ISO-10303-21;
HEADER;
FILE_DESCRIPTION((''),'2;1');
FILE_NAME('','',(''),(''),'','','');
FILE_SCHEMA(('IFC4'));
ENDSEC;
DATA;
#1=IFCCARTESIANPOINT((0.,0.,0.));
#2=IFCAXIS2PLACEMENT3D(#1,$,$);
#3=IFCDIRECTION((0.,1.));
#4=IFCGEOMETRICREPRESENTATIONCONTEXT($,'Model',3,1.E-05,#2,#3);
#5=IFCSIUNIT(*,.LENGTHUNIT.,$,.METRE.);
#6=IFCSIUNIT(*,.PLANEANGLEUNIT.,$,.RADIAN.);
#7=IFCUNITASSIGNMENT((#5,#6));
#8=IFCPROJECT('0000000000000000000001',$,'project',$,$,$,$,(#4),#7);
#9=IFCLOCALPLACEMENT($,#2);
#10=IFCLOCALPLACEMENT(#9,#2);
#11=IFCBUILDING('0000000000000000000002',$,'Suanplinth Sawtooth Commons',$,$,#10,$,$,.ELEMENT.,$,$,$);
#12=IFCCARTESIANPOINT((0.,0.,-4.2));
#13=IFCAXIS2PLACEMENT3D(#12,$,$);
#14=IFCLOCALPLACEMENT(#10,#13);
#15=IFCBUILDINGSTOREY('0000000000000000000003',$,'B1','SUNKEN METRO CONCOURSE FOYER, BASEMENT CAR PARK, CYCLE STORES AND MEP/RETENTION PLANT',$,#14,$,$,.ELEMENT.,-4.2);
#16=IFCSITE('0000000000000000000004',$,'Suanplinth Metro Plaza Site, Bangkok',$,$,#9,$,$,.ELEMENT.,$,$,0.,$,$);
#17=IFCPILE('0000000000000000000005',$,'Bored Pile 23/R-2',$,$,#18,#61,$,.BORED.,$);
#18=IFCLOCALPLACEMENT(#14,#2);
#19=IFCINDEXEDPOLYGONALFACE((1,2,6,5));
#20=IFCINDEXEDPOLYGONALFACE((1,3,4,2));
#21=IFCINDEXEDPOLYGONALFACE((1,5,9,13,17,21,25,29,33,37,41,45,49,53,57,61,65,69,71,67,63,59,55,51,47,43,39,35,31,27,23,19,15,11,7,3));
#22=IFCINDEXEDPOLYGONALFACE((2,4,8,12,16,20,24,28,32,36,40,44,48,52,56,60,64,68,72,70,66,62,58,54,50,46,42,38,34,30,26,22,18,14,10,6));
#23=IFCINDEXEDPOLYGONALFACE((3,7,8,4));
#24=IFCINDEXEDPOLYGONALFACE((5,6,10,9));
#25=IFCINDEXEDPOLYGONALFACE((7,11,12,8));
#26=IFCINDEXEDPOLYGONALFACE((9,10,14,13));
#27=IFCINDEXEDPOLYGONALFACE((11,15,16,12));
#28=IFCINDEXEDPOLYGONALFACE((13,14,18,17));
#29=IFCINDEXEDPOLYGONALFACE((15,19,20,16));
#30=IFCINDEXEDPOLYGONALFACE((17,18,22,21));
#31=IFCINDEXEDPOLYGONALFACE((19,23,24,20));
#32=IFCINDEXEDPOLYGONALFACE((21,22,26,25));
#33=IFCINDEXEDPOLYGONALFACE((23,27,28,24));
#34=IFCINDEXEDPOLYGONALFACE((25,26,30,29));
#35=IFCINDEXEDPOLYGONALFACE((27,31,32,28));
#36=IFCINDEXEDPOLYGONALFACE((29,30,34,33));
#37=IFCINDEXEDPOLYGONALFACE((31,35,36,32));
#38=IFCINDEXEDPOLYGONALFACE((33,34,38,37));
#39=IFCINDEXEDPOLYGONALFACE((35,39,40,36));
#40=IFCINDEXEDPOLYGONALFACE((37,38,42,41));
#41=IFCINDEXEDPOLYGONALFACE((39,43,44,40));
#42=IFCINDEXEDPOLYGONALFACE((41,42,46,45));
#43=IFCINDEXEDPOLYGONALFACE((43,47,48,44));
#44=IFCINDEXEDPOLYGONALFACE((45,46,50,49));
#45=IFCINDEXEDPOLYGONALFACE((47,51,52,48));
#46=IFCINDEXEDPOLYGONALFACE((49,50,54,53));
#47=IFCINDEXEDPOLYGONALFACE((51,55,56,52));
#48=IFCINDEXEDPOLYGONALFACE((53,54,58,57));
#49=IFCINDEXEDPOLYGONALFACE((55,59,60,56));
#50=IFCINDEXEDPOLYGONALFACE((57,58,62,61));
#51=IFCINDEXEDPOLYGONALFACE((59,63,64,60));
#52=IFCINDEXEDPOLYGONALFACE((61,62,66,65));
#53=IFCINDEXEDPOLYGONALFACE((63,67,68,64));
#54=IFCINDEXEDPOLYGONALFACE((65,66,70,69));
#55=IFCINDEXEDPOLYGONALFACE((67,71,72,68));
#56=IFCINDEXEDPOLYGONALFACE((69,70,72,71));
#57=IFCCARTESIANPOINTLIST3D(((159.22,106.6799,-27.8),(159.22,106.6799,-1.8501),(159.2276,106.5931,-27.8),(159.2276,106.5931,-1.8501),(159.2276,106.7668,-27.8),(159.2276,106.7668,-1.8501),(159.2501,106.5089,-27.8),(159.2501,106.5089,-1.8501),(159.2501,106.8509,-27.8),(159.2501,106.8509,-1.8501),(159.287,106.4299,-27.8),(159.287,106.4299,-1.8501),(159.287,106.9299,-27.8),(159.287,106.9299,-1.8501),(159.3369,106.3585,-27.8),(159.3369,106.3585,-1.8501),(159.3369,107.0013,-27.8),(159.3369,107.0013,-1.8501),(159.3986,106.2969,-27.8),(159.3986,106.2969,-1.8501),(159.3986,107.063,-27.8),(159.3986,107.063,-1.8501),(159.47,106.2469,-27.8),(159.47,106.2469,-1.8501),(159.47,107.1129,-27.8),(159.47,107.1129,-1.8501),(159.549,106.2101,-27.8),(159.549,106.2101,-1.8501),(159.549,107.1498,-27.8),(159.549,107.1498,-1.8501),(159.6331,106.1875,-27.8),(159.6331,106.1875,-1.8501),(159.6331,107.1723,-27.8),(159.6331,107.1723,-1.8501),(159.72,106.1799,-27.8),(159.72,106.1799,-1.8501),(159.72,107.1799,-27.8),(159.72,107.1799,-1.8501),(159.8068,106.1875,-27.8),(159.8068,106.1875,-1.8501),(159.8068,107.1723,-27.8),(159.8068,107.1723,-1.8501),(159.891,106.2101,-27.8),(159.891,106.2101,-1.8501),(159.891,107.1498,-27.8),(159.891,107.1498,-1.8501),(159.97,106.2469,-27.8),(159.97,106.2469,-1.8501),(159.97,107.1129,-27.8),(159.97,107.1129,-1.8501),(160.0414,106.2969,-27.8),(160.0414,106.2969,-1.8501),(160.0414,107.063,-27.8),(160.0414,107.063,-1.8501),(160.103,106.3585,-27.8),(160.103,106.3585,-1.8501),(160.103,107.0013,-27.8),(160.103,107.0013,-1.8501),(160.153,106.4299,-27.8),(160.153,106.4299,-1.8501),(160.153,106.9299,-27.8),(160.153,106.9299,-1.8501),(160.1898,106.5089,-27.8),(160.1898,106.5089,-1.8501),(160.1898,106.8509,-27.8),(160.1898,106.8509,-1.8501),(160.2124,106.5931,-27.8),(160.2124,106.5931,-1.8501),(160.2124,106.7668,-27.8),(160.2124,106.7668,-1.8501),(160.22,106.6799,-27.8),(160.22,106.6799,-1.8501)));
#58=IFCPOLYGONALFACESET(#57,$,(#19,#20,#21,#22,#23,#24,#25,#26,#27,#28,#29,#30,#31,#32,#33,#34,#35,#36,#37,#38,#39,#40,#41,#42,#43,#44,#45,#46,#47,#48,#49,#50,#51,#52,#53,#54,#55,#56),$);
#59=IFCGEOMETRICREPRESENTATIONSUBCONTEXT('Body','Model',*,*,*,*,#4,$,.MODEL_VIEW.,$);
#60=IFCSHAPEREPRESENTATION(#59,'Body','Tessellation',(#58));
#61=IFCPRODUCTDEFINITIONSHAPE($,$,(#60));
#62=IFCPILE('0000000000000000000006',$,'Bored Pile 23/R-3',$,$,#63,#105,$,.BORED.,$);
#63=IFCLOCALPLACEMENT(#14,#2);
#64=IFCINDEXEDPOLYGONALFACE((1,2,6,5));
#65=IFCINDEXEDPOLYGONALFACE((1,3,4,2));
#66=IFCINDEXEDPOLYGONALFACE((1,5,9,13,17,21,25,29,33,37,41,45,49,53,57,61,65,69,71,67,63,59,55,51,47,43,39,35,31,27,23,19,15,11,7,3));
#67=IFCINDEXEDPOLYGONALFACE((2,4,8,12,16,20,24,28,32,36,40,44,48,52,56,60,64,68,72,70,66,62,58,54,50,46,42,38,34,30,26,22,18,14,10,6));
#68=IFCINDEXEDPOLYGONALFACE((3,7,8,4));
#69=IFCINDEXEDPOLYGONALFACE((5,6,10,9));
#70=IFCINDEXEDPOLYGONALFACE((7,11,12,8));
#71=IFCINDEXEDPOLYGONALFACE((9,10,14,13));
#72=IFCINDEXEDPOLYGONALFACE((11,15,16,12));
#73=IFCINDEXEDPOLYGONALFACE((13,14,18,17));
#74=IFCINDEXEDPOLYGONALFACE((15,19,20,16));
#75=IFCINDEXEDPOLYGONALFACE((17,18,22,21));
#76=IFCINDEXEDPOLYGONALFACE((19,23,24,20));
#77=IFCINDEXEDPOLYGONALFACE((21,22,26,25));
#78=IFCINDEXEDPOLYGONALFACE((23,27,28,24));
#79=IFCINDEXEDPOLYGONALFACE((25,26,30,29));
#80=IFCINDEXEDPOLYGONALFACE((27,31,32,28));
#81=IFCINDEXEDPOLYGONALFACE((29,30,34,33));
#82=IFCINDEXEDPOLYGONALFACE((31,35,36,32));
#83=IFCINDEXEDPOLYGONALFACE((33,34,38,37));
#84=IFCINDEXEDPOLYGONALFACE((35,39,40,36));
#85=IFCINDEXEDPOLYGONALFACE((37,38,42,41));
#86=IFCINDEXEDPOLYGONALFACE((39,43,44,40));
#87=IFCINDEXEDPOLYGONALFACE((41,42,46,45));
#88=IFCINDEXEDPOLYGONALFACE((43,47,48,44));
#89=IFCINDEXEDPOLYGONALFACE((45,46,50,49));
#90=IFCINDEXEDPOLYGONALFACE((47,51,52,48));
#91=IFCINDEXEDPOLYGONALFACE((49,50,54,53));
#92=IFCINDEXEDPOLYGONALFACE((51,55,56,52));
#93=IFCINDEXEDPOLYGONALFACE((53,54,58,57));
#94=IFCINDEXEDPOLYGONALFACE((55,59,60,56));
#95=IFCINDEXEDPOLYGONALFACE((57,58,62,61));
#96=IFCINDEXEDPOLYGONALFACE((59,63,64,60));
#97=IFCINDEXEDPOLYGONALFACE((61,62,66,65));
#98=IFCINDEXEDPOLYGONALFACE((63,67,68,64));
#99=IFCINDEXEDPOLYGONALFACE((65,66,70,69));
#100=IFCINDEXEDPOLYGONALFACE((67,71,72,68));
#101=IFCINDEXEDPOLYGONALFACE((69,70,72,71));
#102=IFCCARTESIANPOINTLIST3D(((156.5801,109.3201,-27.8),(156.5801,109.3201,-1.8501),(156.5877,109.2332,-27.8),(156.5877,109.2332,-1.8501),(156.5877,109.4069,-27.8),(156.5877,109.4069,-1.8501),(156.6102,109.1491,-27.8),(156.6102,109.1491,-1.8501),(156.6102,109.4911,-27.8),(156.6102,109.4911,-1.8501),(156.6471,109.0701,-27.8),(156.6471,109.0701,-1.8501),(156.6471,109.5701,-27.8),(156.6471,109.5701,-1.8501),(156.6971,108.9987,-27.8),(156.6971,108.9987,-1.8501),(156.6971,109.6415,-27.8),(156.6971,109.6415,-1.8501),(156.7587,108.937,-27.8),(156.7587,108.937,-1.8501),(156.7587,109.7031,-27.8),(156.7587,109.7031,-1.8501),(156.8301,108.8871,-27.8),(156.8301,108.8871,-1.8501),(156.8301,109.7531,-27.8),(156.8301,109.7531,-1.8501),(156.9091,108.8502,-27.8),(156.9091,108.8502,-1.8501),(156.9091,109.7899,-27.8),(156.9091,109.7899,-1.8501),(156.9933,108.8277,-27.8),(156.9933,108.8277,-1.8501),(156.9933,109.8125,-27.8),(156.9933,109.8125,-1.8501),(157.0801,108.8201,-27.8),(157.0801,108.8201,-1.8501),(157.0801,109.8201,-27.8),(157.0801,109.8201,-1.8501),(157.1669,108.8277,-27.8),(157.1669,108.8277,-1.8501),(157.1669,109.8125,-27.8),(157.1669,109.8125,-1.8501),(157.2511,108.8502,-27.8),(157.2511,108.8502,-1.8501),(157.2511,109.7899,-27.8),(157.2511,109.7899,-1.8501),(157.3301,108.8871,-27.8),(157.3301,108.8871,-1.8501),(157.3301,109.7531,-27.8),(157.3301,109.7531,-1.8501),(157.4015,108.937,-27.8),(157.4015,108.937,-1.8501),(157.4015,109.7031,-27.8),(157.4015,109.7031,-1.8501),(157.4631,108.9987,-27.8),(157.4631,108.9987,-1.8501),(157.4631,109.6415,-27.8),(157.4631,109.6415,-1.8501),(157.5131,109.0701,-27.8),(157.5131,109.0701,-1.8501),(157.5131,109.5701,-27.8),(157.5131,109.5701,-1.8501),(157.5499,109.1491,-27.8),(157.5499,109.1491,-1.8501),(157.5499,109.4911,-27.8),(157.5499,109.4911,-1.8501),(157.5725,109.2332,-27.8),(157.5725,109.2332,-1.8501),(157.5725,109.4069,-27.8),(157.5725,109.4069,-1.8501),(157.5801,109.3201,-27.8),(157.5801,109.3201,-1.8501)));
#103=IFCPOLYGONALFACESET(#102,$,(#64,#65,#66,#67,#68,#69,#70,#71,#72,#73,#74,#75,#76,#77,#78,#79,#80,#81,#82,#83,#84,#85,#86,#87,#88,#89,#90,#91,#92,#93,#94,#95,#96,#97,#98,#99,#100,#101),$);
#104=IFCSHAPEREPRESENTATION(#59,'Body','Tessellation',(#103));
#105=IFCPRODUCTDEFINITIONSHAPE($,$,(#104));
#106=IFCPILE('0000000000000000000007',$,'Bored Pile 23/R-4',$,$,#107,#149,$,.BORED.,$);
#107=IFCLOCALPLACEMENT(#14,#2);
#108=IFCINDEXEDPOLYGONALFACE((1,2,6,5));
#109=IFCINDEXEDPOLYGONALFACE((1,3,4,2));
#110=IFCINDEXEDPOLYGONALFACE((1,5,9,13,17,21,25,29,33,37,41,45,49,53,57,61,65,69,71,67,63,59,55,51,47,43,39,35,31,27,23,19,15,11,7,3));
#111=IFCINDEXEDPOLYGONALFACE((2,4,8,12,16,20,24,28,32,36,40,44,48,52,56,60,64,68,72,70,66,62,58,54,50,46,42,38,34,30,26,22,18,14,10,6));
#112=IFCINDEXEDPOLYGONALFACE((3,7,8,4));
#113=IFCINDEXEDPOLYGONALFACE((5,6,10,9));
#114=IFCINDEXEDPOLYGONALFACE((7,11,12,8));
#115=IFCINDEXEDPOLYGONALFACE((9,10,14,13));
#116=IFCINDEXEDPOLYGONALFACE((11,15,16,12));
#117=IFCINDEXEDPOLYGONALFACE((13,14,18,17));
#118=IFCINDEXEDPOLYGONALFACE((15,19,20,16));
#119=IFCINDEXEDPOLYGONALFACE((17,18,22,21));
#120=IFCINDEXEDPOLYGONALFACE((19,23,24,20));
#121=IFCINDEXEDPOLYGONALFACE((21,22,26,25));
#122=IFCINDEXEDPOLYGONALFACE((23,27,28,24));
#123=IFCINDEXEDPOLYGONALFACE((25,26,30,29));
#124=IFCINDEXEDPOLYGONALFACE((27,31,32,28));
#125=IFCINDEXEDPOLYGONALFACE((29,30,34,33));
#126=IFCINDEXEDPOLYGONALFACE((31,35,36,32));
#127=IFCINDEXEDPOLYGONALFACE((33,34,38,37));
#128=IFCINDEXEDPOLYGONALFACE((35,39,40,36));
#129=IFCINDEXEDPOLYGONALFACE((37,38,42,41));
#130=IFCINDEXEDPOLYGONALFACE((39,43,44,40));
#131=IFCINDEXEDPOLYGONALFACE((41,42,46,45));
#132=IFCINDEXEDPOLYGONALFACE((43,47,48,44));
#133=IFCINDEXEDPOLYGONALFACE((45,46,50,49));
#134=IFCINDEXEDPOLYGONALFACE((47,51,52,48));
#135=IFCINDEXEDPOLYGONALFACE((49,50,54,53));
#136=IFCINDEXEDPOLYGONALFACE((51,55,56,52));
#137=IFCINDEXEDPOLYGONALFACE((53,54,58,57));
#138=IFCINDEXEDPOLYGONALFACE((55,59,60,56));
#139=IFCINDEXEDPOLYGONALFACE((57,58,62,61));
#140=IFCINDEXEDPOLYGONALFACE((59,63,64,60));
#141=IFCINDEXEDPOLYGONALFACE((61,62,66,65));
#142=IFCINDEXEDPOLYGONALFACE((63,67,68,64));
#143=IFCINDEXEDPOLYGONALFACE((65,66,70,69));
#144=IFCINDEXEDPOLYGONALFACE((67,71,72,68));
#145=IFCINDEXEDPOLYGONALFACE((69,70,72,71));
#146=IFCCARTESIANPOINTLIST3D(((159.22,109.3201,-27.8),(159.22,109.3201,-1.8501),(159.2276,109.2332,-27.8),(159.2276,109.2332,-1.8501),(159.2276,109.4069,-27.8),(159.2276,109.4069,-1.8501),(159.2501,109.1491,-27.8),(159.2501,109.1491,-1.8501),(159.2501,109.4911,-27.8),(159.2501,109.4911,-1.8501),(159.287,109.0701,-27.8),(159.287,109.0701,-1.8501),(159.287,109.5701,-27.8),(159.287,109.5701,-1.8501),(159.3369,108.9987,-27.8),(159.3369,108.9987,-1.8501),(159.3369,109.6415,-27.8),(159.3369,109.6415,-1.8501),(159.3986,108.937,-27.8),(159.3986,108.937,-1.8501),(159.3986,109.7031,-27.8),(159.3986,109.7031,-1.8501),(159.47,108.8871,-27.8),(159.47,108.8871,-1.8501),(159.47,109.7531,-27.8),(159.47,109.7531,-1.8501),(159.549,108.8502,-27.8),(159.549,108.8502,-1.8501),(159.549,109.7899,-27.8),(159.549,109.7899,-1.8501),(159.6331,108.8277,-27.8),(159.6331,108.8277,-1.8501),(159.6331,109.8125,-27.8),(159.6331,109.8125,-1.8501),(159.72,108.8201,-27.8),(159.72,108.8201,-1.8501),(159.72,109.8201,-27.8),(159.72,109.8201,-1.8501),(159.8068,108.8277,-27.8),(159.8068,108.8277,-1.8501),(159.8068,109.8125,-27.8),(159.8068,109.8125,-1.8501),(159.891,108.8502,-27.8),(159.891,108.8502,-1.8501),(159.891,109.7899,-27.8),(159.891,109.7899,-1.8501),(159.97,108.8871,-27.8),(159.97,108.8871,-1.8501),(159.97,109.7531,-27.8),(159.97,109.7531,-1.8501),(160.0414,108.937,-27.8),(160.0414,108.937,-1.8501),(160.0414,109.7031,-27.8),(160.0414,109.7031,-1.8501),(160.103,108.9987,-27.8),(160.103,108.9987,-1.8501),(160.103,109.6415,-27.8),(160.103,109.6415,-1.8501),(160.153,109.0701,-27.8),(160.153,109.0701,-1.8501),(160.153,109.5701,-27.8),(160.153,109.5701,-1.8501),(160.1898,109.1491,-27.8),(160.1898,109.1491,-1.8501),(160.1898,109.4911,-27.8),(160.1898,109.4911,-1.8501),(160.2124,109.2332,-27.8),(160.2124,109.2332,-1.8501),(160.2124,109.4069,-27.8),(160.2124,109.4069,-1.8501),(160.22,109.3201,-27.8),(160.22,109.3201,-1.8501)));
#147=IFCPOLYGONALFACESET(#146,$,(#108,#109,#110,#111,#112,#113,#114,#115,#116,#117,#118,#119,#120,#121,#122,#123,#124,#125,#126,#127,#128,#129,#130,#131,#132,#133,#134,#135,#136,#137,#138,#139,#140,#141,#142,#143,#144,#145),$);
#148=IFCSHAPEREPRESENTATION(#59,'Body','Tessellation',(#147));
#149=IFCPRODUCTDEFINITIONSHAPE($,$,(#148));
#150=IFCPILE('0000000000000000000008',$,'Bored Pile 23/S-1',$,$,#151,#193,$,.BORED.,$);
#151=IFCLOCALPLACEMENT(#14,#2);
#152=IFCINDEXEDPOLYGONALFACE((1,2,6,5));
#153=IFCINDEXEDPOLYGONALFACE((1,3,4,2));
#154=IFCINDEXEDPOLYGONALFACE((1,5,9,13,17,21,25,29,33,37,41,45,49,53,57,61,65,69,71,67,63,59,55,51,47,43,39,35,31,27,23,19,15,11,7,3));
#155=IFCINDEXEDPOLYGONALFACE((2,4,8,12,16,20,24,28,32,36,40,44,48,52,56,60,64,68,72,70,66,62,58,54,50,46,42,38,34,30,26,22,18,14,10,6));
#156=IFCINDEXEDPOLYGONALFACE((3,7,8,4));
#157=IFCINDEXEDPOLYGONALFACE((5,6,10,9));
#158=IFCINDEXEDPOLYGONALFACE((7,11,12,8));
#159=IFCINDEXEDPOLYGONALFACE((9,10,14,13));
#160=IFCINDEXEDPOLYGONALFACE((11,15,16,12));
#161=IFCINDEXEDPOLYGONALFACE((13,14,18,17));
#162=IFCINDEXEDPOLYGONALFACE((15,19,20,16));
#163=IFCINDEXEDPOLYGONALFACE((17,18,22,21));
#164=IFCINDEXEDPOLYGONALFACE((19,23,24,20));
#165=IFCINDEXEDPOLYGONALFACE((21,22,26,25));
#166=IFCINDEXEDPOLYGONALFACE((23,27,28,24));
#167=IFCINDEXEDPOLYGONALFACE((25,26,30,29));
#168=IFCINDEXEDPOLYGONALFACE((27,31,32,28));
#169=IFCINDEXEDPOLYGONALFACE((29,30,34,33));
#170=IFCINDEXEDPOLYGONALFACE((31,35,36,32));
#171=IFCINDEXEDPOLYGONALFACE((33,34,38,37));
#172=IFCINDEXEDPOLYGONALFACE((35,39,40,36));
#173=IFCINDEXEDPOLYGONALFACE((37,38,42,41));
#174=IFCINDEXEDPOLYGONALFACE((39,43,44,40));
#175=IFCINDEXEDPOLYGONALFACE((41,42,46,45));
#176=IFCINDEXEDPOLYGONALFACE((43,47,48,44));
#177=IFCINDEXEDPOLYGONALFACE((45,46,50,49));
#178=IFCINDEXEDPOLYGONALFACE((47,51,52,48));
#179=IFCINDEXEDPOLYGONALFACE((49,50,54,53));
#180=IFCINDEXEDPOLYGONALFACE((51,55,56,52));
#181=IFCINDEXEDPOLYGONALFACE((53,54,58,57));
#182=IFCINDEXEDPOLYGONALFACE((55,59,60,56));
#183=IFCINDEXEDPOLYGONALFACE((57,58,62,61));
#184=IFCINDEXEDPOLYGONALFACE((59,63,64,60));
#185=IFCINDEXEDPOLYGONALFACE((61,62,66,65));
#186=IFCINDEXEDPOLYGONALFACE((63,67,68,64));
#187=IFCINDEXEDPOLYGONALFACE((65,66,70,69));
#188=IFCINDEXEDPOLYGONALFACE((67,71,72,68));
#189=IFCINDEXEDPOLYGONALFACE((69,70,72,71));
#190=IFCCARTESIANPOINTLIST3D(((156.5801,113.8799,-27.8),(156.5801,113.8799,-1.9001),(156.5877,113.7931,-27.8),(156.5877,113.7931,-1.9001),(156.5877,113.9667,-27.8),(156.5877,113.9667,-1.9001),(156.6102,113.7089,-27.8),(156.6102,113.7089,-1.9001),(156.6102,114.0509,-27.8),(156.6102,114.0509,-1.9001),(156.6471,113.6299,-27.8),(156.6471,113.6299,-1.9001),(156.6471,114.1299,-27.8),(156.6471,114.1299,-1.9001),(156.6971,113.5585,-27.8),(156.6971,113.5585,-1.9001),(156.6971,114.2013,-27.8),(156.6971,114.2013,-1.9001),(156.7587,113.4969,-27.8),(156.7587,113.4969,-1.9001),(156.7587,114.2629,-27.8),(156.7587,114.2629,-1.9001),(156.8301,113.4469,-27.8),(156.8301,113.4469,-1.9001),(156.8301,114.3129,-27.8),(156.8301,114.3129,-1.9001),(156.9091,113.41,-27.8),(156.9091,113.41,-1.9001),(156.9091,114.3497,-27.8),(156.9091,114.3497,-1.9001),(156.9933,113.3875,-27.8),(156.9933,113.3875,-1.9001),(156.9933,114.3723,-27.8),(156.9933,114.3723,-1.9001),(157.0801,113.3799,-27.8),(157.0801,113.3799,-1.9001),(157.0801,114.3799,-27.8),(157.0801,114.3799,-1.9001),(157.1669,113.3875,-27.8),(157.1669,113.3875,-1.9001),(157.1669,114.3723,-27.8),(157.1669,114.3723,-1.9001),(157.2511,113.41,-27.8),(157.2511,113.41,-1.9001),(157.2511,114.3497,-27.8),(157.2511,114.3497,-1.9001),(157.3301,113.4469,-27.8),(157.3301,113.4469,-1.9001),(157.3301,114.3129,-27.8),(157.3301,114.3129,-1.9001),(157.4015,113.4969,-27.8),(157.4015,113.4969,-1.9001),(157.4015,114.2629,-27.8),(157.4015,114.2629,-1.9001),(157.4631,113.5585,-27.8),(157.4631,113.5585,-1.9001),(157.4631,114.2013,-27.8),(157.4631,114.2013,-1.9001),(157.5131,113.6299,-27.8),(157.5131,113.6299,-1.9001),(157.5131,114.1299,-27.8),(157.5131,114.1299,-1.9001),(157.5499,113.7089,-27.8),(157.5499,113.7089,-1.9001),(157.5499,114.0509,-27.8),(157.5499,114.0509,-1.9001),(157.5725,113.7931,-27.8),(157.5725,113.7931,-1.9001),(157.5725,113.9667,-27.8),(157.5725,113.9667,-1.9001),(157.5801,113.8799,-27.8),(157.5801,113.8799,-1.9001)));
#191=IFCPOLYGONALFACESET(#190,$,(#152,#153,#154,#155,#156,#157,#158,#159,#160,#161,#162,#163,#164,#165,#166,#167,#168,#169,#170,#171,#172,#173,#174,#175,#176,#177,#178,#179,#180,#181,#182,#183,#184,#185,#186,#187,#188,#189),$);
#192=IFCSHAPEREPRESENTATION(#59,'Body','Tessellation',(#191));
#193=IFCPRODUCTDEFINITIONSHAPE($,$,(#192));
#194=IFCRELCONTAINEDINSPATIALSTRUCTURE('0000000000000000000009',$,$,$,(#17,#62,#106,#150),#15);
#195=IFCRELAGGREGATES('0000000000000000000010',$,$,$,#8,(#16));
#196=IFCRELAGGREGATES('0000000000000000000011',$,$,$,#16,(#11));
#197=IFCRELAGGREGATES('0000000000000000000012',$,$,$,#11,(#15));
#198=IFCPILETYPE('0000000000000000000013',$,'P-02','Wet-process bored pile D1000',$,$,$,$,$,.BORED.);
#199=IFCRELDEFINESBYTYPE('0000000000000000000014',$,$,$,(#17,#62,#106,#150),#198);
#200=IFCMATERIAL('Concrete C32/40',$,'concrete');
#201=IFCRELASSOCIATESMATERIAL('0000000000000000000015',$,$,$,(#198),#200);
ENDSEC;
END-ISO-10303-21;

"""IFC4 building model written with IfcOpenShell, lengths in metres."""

from ifc_helpers import new_model, si_unit, direction, frame, origin, origin_2d, place, context, subcontext, project, spatial, circle, extrude, material, material_profile, profile_set, type_object, element, save


model = new_model("IFC4")

# Units and contexts
model_context = context("Model", 3, precision=1e-05, world=origin(), true_north=direction((0.0, 1.0)))
body_context = subcontext(model_context, "Body", "Model", "MODEL_VIEW")
ifc_project = project(units=[si_unit("LENGTHUNIT", "METRE"), si_unit("PLANEANGLEUNIT", "RADIAN")], contexts=[model_context])

# Site, building, storey
site_placement = place(None, origin())
site = spatial("IfcSite", under=ifc_project, at=site_placement, Name="Suanplinth Metro Plaza Site, Bangkok", CompositionType="ELEMENT", RefElevation=0.0)
building_placement = place(site_placement, origin())
building = spatial("IfcBuilding", under=site, at=building_placement, Name="Suanplinth Sawtooth Commons", CompositionType="ELEMENT")
storey_placement = place(building_placement, frame((0.0, 0.0, -4.2)))
storey = spatial("IfcBuildingStorey", under=building, at=storey_placement, Name="B1", Description="SUNKEN METRO CONCOURSE FOYER, BASEMENT CAR PARK, CYCLE STORES AND MEP/RETENTION PLANT", CompositionType="ELEMENT", Elevation=-4.2)

# Piles
ifc_material_1 = material(Name="Concrete C32/40", Category="concrete")
ifc_material_profile_1 = material_profile(ifc_material_1, circle(Radius=0.5, at=origin_2d()), Name="PILE D1000")
ifc_profile_set_1 = profile_set([ifc_material_profile_1], Name="Concrete C32/40")
pile_type = type_object("IfcPileType", Name="P-02", Description="Wet-process bored pile D1000", PredefinedType="BORED", material=ifc_profile_set_1)
for number, where, z_axis, x_axis, name in (
    (1, (159.72, 106.6799, -1.8501), (0.0, 0.0, -1.0), (1.0, 0.0, 0.0), "Bored Pile 23/R-2"),
    (2, (157.0801, 109.3201, -1.8501), (0.0, 0.0, -1.0), (1.0, 0.0, 0.0), "Bored Pile 23/R-3"),
    (3, (159.72, 109.3201, -1.8501), (0.0, 0.0, -1.0), (1.0, 0.0, 0.0), "Bored Pile 23/R-4"),
):
    element("IfcPile", number, at=place(storey_placement, frame(where, z_axis=z_axis, x_axis=x_axis)), inside=storey, type_object=pile_type, Name=name, PredefinedType="BORED", context=body_context, shape_type="SweptSolid", body=[
        extrude(circle(Radius=0.5, at=origin_2d()), origin(), (0.0, 0.0, 1.0), 25.95),
    ])
for number, where, z_axis, x_axis, name in (
    (4, (157.0801, 113.8799, -1.9001), (0.0, 0.0, -1.0), (1.0, 0.0, 0.0), "Bored Pile 23/S-1"),
):
    element("IfcPile", number, at=place(storey_placement, frame(where, z_axis=z_axis, x_axis=x_axis)), inside=storey, type_object=pile_type, Name=name, PredefinedType="BORED", context=body_context, shape_type="SweptSolid", body=[
        extrude(circle(Radius=0.5, at=origin_2d()), origin(), (0.0, 0.0, 1.0), 25.8999),
    ])

save(model, "model.ifc")
